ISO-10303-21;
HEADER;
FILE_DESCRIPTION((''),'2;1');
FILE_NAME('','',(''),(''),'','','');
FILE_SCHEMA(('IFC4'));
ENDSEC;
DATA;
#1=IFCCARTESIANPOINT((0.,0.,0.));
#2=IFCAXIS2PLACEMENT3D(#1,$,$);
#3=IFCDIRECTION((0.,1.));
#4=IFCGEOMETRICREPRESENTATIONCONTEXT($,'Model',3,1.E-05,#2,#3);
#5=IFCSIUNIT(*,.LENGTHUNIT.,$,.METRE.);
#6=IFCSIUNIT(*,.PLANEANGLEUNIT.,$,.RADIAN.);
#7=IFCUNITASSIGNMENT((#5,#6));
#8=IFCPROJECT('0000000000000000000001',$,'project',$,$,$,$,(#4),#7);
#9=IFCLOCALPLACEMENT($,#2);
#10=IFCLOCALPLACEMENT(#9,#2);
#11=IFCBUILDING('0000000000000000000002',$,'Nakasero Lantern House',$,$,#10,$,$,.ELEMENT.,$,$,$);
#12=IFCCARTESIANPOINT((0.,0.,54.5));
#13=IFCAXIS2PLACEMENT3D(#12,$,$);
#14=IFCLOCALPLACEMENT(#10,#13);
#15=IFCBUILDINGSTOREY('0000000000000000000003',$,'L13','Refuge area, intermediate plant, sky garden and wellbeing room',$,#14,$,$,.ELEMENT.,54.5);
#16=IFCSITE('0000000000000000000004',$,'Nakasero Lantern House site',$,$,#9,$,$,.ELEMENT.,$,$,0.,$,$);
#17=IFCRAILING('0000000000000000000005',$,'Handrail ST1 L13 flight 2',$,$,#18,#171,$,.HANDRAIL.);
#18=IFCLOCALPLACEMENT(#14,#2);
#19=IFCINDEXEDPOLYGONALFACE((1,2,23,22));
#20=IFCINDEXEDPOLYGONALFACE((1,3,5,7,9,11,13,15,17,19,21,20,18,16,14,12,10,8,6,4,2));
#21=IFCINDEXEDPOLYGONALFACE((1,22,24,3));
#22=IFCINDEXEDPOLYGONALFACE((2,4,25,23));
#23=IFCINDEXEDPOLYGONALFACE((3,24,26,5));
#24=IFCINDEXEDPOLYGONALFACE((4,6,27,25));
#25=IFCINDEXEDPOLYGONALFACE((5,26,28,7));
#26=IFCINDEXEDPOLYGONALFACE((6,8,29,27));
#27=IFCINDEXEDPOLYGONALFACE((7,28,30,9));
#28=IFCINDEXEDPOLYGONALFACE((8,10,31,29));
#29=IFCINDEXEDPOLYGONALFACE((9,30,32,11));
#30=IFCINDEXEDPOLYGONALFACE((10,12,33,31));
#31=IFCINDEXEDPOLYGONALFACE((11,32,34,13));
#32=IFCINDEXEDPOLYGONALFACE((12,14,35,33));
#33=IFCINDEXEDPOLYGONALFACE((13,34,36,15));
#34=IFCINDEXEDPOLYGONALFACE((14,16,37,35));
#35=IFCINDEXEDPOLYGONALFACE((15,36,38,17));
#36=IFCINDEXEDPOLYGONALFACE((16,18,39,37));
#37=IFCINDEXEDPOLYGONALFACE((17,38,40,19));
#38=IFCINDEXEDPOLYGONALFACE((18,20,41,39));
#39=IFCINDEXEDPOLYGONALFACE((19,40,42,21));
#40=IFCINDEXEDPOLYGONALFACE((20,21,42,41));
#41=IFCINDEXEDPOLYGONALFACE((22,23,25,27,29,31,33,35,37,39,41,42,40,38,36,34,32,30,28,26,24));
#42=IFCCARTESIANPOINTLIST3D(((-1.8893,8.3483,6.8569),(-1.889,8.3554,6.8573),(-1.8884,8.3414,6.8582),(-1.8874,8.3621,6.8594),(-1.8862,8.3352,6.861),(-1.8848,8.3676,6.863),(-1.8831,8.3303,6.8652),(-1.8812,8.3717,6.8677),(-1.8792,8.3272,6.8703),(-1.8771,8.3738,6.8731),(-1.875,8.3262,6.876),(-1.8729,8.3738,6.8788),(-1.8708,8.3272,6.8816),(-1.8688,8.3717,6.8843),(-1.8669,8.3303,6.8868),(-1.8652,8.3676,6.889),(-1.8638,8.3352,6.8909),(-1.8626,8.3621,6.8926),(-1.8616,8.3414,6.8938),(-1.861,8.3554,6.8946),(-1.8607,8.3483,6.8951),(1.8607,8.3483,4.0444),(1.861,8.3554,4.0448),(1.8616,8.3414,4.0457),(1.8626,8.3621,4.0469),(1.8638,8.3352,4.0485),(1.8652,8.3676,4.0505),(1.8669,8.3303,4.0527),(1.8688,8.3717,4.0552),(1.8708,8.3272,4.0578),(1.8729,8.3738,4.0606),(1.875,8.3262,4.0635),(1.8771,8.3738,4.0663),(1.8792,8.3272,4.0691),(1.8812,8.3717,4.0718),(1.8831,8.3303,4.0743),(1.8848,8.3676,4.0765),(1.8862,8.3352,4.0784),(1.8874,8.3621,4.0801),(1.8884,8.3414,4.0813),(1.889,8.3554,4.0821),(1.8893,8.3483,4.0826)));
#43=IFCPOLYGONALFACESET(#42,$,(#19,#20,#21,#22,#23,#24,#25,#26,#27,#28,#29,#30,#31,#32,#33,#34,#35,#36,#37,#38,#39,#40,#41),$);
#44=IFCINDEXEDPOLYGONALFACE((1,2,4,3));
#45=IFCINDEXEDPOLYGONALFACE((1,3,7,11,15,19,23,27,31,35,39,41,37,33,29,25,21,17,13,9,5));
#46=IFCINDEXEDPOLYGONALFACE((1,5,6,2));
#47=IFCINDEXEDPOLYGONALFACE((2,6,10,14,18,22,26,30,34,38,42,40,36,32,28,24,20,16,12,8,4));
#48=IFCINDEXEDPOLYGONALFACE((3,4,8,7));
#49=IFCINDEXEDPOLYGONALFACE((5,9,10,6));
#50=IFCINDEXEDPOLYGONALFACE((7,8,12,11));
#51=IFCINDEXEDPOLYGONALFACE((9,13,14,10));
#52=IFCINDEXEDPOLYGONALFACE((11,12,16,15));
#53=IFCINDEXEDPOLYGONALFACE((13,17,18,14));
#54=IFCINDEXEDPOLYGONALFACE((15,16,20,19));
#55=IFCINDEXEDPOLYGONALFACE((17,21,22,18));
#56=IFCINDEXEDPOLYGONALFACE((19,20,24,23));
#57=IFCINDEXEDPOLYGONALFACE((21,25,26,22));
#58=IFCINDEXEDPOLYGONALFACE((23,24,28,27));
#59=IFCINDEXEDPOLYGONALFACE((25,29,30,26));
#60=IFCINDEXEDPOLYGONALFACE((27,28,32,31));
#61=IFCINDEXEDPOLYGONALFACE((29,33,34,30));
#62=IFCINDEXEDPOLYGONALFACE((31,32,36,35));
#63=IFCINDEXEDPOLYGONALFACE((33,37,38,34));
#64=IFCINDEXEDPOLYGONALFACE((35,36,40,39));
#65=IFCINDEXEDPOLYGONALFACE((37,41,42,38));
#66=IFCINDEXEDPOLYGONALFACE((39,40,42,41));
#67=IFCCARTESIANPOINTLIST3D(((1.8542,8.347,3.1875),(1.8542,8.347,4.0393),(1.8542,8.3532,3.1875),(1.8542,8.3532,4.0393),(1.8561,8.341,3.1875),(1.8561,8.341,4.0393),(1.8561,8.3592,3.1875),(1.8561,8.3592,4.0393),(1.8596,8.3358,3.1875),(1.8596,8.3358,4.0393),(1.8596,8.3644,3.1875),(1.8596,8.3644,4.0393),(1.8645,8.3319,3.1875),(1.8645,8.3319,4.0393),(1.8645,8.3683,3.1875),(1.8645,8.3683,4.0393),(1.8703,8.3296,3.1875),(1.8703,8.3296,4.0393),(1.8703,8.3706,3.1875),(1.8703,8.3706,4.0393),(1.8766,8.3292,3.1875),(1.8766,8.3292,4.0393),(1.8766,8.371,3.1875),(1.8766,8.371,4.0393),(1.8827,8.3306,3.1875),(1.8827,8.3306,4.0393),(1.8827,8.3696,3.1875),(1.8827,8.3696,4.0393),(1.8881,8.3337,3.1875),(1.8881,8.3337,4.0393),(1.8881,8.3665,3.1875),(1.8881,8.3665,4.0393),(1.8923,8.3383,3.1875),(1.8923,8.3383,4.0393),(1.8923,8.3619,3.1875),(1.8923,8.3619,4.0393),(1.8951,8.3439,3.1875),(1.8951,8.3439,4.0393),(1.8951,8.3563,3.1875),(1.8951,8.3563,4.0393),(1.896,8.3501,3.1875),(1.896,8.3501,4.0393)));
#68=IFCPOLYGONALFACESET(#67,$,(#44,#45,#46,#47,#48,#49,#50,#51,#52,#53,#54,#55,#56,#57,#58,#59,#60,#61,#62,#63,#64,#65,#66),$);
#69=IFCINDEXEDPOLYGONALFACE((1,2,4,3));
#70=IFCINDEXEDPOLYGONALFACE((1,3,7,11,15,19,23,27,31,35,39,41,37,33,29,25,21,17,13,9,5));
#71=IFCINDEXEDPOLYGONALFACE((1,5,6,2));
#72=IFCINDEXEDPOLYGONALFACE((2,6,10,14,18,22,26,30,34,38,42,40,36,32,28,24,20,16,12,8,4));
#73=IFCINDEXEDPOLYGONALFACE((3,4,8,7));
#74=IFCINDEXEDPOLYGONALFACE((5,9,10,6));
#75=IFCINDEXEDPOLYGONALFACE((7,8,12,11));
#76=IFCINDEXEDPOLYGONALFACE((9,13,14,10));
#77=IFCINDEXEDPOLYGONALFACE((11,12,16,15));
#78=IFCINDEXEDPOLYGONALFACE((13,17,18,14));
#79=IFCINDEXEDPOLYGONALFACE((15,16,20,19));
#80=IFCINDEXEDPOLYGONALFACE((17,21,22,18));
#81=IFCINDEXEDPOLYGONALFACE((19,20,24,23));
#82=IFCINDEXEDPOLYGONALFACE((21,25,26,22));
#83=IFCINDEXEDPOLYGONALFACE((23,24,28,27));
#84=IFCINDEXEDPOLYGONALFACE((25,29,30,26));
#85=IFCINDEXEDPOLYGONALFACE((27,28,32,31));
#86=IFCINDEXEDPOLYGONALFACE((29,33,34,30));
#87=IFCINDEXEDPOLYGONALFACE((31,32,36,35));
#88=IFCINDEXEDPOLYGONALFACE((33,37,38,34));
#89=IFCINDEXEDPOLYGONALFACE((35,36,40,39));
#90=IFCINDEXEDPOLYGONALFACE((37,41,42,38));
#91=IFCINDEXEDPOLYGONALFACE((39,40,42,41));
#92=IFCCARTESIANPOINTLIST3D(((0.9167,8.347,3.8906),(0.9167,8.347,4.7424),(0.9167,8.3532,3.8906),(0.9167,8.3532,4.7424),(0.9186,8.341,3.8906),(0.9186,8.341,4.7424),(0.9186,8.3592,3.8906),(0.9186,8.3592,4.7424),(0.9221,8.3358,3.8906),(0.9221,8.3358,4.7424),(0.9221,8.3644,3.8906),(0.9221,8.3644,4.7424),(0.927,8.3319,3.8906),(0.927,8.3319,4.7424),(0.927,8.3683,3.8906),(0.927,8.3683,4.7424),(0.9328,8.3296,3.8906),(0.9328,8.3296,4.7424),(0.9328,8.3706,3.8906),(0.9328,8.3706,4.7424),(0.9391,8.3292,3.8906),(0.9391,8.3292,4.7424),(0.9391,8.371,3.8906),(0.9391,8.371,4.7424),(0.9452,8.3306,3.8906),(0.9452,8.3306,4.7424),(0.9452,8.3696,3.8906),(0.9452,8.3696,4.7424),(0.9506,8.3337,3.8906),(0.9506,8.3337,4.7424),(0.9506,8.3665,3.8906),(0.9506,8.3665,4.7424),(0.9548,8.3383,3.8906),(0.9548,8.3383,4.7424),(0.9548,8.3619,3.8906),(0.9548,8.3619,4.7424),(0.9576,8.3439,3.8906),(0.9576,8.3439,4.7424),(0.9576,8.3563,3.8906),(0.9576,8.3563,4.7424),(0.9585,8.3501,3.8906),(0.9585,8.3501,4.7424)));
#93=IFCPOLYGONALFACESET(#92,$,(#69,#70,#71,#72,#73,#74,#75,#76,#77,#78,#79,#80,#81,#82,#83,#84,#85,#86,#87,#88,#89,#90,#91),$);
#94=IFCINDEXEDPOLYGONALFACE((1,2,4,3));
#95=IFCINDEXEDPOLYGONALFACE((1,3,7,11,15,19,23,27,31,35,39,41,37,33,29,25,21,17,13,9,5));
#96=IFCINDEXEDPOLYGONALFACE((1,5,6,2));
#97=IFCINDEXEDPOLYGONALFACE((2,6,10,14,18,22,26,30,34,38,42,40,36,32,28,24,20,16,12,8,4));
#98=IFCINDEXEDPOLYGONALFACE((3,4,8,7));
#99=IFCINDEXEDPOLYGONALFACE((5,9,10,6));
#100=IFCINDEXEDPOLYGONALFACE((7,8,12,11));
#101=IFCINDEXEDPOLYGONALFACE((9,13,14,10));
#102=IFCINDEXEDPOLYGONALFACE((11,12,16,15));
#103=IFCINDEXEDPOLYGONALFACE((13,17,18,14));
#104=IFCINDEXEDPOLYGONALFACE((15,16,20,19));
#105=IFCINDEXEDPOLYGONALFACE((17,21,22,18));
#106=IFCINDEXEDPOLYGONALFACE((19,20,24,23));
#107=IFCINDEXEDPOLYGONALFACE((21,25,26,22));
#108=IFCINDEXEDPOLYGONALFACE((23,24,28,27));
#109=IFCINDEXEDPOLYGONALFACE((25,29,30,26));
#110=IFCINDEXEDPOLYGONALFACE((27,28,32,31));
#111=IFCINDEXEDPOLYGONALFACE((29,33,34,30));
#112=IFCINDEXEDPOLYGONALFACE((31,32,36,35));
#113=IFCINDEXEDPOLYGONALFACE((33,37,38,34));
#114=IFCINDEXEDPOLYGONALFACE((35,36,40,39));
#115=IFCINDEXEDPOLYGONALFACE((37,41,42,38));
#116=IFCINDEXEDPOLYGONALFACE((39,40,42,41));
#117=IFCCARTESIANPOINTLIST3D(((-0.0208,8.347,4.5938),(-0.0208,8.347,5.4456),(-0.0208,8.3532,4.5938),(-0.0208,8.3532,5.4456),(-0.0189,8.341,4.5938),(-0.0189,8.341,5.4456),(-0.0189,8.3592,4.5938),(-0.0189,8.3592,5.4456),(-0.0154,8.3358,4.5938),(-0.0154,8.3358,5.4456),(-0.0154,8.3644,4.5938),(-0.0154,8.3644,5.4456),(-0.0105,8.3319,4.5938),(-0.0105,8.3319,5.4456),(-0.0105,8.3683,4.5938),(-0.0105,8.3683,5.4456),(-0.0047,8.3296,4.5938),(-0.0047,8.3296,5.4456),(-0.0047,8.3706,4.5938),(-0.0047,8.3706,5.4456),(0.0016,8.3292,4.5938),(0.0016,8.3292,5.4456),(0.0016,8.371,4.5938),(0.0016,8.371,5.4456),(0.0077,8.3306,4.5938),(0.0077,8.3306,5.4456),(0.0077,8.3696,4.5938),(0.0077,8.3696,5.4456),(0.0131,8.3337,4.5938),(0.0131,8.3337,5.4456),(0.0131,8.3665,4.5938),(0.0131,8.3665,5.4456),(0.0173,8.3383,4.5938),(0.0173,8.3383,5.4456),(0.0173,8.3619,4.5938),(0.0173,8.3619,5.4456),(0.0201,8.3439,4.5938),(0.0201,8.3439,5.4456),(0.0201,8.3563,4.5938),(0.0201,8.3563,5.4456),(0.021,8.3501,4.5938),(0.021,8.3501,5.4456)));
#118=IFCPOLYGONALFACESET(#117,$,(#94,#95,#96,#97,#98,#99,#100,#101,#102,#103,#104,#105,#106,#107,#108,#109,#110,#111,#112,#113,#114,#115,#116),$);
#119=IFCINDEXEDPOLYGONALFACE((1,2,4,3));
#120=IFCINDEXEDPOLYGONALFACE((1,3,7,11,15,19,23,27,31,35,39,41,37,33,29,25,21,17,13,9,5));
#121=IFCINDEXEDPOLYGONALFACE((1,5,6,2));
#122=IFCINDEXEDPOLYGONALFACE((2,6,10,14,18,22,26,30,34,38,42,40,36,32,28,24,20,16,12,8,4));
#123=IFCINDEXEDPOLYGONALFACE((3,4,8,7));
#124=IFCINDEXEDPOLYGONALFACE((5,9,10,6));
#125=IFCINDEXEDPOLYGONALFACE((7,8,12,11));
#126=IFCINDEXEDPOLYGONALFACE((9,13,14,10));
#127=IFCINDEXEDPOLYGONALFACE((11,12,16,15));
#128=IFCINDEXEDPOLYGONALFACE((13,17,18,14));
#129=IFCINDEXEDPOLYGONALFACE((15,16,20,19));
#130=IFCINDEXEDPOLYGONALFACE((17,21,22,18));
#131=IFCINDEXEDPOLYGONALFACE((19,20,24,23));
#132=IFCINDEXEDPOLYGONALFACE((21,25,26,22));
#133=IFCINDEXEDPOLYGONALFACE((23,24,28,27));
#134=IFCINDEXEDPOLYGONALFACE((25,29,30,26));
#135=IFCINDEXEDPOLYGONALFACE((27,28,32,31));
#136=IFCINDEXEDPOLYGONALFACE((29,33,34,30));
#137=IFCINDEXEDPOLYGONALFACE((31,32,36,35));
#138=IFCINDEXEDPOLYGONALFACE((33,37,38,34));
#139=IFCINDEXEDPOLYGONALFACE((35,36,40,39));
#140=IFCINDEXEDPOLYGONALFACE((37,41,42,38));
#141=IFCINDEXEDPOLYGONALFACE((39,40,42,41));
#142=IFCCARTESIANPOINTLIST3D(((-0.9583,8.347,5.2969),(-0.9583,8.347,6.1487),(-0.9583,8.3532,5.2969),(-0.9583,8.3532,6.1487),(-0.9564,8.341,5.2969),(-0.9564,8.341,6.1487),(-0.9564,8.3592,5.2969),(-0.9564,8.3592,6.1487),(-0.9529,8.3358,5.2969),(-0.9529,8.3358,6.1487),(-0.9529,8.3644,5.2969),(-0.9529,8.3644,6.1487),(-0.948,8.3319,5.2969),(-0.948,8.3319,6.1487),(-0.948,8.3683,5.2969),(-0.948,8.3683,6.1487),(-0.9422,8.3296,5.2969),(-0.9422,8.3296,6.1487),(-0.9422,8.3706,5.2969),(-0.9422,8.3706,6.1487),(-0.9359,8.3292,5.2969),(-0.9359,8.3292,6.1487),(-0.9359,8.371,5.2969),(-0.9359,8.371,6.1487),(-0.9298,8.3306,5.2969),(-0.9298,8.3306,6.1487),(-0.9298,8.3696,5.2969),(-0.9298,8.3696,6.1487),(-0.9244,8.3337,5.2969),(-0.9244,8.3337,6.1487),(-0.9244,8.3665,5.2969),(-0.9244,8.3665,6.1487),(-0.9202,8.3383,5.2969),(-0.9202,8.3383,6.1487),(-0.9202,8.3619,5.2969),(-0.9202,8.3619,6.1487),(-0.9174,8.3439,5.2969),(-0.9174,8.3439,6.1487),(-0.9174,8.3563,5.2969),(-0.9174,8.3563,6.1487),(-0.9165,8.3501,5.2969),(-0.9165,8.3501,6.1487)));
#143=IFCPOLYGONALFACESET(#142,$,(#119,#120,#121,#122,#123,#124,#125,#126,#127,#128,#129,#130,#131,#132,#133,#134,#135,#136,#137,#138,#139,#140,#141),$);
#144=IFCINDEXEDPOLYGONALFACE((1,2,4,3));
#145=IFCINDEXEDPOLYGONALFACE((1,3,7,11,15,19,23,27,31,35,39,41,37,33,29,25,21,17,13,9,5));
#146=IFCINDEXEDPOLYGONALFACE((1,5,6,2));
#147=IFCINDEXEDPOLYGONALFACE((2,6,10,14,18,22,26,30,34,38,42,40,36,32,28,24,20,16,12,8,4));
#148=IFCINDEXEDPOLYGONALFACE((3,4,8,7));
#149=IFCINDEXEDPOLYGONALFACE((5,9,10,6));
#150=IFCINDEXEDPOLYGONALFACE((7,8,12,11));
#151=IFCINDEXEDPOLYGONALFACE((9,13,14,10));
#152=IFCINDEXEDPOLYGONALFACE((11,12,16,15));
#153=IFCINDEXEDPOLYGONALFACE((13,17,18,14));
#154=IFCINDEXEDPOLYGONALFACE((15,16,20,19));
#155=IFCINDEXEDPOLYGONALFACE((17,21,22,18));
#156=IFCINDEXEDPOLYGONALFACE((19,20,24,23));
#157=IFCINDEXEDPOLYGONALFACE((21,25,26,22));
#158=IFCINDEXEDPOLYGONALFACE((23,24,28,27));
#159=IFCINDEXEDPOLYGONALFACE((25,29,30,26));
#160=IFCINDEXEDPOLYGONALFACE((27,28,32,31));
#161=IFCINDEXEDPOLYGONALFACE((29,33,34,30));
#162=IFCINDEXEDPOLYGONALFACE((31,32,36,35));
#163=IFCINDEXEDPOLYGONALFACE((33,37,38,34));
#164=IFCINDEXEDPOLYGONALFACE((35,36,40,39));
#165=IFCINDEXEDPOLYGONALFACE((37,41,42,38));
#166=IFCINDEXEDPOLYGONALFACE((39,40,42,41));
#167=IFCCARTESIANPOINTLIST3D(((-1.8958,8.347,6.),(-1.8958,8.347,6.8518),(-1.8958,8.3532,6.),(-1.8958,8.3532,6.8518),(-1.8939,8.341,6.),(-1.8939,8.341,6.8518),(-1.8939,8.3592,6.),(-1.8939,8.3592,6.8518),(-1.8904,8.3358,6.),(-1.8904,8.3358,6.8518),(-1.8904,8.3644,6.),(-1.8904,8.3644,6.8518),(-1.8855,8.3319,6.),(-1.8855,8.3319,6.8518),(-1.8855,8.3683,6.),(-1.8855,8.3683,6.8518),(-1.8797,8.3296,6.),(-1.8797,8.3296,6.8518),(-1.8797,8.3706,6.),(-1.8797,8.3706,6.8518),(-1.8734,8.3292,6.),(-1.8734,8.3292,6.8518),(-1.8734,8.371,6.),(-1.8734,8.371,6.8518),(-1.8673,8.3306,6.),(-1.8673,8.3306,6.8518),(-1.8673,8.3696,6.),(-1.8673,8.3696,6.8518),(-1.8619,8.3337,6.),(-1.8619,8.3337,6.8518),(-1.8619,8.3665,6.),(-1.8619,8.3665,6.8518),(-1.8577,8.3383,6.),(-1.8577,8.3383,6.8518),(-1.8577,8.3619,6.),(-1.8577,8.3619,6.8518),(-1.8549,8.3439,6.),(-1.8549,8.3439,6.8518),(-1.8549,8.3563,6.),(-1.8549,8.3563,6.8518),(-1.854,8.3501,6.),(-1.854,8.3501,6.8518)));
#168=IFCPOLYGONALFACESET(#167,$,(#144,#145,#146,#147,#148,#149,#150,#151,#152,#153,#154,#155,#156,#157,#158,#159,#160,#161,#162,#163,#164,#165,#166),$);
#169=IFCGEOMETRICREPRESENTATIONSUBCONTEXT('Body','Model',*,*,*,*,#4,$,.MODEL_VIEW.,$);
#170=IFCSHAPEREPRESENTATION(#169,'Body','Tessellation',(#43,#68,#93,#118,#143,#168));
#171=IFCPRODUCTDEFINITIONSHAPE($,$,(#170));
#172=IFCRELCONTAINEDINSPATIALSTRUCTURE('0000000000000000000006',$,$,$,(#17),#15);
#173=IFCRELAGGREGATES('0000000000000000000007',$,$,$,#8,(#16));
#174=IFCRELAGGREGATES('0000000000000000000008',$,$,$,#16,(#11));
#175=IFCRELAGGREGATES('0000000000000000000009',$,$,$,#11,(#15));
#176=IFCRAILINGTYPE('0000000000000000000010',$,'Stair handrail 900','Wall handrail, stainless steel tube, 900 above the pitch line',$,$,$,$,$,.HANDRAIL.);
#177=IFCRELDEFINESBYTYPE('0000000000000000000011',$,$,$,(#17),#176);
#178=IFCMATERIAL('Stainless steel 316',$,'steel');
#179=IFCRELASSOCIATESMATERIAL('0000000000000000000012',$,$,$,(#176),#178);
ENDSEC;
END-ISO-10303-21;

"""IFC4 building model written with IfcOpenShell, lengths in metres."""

from ifc_helpers import new_model, si_unit, direction, frame, origin, origin_2d, place, context, subcontext, project, spatial, circle, extrude, material, type_object, element, save


model = new_model("IFC4")

# Units and contexts
model_context = context("Model", 3, precision=1e-05, world=origin(), true_north=direction((0.0, 1.0)))
body_context = subcontext(model_context, "Body", "Model", "MODEL_VIEW")
ifc_project = project(units=[si_unit("LENGTHUNIT", "METRE"), si_unit("PLANEANGLEUNIT", "RADIAN")], contexts=[model_context])

# Site, building, storey
site_placement = place(None, origin())
site = spatial("IfcSite", under=ifc_project, at=site_placement, Name="Nakasero Lantern House site", CompositionType="ELEMENT", RefElevation=0.0)
building_placement = place(site_placement, origin())
building = spatial("IfcBuilding", under=site, at=building_placement, Name="Nakasero Lantern House", CompositionType="ELEMENT")
storey_placement = place(building_placement, frame((0.0, 0.0, 54.5)))
storey = spatial("IfcBuildingStorey", under=building, at=storey_placement, Name="L13", Description="Refuge area, intermediate plant, sky garden and wellbeing room", CompositionType="ELEMENT", Elevation=54.5)

# Railing
ifc_material_1 = material(Name="Stainless steel 316", Category="steel")
railing_type = type_object("IfcRailingType", Name="Stair handrail 900", Description="Wall handrail, stainless steel tube, 900 above the pitch line", PredefinedType="HANDRAIL", material=ifc_material_1)
railing_placement = place(storey_placement, frame((1.875, 8.3501, 3.1875)))
element("IfcRailing", 1, at=railing_placement, inside=storey, type_object=railing_type, Name="Handrail ST1 L13 flight 2", PredefinedType="HANDRAIL", context=body_context, shape_type="SweptSolid", body=[
    extrude(circle(Radius=0.0239, at=origin_2d()), frame((0.0, 0.0, 0.876), z_axis=(-0.8, 0.0, 0.6), x_axis=(0.0, -1.0, 0.0)), (0.0, 0.0, 1.0), 4.6875),
    extrude(circle(Radius=0.021, at=origin_2d()), origin(), (0.0, 0.0, 1.0), 0.8518),
    extrude(circle(Radius=0.021, at=origin_2d()), frame((-0.9375, 0.0, 0.7031)), (0.0, 0.0, 1.0), 0.8518),
    extrude(circle(Radius=0.021, at=origin_2d()), frame((-1.875, 0.0, 1.4062)), (0.0, 0.0, 1.0), 0.8518),
    extrude(circle(Radius=0.021, at=origin_2d()), frame((-2.8125, 0.0, 2.1094)), (0.0, 0.0, 1.0), 0.8518),
    extrude(circle(Radius=0.021, at=origin_2d()), frame((-3.75, 0.0, 2.8125)), (0.0, 0.0, 1.0), 0.8518),
])

save(model, "model.ifc")
